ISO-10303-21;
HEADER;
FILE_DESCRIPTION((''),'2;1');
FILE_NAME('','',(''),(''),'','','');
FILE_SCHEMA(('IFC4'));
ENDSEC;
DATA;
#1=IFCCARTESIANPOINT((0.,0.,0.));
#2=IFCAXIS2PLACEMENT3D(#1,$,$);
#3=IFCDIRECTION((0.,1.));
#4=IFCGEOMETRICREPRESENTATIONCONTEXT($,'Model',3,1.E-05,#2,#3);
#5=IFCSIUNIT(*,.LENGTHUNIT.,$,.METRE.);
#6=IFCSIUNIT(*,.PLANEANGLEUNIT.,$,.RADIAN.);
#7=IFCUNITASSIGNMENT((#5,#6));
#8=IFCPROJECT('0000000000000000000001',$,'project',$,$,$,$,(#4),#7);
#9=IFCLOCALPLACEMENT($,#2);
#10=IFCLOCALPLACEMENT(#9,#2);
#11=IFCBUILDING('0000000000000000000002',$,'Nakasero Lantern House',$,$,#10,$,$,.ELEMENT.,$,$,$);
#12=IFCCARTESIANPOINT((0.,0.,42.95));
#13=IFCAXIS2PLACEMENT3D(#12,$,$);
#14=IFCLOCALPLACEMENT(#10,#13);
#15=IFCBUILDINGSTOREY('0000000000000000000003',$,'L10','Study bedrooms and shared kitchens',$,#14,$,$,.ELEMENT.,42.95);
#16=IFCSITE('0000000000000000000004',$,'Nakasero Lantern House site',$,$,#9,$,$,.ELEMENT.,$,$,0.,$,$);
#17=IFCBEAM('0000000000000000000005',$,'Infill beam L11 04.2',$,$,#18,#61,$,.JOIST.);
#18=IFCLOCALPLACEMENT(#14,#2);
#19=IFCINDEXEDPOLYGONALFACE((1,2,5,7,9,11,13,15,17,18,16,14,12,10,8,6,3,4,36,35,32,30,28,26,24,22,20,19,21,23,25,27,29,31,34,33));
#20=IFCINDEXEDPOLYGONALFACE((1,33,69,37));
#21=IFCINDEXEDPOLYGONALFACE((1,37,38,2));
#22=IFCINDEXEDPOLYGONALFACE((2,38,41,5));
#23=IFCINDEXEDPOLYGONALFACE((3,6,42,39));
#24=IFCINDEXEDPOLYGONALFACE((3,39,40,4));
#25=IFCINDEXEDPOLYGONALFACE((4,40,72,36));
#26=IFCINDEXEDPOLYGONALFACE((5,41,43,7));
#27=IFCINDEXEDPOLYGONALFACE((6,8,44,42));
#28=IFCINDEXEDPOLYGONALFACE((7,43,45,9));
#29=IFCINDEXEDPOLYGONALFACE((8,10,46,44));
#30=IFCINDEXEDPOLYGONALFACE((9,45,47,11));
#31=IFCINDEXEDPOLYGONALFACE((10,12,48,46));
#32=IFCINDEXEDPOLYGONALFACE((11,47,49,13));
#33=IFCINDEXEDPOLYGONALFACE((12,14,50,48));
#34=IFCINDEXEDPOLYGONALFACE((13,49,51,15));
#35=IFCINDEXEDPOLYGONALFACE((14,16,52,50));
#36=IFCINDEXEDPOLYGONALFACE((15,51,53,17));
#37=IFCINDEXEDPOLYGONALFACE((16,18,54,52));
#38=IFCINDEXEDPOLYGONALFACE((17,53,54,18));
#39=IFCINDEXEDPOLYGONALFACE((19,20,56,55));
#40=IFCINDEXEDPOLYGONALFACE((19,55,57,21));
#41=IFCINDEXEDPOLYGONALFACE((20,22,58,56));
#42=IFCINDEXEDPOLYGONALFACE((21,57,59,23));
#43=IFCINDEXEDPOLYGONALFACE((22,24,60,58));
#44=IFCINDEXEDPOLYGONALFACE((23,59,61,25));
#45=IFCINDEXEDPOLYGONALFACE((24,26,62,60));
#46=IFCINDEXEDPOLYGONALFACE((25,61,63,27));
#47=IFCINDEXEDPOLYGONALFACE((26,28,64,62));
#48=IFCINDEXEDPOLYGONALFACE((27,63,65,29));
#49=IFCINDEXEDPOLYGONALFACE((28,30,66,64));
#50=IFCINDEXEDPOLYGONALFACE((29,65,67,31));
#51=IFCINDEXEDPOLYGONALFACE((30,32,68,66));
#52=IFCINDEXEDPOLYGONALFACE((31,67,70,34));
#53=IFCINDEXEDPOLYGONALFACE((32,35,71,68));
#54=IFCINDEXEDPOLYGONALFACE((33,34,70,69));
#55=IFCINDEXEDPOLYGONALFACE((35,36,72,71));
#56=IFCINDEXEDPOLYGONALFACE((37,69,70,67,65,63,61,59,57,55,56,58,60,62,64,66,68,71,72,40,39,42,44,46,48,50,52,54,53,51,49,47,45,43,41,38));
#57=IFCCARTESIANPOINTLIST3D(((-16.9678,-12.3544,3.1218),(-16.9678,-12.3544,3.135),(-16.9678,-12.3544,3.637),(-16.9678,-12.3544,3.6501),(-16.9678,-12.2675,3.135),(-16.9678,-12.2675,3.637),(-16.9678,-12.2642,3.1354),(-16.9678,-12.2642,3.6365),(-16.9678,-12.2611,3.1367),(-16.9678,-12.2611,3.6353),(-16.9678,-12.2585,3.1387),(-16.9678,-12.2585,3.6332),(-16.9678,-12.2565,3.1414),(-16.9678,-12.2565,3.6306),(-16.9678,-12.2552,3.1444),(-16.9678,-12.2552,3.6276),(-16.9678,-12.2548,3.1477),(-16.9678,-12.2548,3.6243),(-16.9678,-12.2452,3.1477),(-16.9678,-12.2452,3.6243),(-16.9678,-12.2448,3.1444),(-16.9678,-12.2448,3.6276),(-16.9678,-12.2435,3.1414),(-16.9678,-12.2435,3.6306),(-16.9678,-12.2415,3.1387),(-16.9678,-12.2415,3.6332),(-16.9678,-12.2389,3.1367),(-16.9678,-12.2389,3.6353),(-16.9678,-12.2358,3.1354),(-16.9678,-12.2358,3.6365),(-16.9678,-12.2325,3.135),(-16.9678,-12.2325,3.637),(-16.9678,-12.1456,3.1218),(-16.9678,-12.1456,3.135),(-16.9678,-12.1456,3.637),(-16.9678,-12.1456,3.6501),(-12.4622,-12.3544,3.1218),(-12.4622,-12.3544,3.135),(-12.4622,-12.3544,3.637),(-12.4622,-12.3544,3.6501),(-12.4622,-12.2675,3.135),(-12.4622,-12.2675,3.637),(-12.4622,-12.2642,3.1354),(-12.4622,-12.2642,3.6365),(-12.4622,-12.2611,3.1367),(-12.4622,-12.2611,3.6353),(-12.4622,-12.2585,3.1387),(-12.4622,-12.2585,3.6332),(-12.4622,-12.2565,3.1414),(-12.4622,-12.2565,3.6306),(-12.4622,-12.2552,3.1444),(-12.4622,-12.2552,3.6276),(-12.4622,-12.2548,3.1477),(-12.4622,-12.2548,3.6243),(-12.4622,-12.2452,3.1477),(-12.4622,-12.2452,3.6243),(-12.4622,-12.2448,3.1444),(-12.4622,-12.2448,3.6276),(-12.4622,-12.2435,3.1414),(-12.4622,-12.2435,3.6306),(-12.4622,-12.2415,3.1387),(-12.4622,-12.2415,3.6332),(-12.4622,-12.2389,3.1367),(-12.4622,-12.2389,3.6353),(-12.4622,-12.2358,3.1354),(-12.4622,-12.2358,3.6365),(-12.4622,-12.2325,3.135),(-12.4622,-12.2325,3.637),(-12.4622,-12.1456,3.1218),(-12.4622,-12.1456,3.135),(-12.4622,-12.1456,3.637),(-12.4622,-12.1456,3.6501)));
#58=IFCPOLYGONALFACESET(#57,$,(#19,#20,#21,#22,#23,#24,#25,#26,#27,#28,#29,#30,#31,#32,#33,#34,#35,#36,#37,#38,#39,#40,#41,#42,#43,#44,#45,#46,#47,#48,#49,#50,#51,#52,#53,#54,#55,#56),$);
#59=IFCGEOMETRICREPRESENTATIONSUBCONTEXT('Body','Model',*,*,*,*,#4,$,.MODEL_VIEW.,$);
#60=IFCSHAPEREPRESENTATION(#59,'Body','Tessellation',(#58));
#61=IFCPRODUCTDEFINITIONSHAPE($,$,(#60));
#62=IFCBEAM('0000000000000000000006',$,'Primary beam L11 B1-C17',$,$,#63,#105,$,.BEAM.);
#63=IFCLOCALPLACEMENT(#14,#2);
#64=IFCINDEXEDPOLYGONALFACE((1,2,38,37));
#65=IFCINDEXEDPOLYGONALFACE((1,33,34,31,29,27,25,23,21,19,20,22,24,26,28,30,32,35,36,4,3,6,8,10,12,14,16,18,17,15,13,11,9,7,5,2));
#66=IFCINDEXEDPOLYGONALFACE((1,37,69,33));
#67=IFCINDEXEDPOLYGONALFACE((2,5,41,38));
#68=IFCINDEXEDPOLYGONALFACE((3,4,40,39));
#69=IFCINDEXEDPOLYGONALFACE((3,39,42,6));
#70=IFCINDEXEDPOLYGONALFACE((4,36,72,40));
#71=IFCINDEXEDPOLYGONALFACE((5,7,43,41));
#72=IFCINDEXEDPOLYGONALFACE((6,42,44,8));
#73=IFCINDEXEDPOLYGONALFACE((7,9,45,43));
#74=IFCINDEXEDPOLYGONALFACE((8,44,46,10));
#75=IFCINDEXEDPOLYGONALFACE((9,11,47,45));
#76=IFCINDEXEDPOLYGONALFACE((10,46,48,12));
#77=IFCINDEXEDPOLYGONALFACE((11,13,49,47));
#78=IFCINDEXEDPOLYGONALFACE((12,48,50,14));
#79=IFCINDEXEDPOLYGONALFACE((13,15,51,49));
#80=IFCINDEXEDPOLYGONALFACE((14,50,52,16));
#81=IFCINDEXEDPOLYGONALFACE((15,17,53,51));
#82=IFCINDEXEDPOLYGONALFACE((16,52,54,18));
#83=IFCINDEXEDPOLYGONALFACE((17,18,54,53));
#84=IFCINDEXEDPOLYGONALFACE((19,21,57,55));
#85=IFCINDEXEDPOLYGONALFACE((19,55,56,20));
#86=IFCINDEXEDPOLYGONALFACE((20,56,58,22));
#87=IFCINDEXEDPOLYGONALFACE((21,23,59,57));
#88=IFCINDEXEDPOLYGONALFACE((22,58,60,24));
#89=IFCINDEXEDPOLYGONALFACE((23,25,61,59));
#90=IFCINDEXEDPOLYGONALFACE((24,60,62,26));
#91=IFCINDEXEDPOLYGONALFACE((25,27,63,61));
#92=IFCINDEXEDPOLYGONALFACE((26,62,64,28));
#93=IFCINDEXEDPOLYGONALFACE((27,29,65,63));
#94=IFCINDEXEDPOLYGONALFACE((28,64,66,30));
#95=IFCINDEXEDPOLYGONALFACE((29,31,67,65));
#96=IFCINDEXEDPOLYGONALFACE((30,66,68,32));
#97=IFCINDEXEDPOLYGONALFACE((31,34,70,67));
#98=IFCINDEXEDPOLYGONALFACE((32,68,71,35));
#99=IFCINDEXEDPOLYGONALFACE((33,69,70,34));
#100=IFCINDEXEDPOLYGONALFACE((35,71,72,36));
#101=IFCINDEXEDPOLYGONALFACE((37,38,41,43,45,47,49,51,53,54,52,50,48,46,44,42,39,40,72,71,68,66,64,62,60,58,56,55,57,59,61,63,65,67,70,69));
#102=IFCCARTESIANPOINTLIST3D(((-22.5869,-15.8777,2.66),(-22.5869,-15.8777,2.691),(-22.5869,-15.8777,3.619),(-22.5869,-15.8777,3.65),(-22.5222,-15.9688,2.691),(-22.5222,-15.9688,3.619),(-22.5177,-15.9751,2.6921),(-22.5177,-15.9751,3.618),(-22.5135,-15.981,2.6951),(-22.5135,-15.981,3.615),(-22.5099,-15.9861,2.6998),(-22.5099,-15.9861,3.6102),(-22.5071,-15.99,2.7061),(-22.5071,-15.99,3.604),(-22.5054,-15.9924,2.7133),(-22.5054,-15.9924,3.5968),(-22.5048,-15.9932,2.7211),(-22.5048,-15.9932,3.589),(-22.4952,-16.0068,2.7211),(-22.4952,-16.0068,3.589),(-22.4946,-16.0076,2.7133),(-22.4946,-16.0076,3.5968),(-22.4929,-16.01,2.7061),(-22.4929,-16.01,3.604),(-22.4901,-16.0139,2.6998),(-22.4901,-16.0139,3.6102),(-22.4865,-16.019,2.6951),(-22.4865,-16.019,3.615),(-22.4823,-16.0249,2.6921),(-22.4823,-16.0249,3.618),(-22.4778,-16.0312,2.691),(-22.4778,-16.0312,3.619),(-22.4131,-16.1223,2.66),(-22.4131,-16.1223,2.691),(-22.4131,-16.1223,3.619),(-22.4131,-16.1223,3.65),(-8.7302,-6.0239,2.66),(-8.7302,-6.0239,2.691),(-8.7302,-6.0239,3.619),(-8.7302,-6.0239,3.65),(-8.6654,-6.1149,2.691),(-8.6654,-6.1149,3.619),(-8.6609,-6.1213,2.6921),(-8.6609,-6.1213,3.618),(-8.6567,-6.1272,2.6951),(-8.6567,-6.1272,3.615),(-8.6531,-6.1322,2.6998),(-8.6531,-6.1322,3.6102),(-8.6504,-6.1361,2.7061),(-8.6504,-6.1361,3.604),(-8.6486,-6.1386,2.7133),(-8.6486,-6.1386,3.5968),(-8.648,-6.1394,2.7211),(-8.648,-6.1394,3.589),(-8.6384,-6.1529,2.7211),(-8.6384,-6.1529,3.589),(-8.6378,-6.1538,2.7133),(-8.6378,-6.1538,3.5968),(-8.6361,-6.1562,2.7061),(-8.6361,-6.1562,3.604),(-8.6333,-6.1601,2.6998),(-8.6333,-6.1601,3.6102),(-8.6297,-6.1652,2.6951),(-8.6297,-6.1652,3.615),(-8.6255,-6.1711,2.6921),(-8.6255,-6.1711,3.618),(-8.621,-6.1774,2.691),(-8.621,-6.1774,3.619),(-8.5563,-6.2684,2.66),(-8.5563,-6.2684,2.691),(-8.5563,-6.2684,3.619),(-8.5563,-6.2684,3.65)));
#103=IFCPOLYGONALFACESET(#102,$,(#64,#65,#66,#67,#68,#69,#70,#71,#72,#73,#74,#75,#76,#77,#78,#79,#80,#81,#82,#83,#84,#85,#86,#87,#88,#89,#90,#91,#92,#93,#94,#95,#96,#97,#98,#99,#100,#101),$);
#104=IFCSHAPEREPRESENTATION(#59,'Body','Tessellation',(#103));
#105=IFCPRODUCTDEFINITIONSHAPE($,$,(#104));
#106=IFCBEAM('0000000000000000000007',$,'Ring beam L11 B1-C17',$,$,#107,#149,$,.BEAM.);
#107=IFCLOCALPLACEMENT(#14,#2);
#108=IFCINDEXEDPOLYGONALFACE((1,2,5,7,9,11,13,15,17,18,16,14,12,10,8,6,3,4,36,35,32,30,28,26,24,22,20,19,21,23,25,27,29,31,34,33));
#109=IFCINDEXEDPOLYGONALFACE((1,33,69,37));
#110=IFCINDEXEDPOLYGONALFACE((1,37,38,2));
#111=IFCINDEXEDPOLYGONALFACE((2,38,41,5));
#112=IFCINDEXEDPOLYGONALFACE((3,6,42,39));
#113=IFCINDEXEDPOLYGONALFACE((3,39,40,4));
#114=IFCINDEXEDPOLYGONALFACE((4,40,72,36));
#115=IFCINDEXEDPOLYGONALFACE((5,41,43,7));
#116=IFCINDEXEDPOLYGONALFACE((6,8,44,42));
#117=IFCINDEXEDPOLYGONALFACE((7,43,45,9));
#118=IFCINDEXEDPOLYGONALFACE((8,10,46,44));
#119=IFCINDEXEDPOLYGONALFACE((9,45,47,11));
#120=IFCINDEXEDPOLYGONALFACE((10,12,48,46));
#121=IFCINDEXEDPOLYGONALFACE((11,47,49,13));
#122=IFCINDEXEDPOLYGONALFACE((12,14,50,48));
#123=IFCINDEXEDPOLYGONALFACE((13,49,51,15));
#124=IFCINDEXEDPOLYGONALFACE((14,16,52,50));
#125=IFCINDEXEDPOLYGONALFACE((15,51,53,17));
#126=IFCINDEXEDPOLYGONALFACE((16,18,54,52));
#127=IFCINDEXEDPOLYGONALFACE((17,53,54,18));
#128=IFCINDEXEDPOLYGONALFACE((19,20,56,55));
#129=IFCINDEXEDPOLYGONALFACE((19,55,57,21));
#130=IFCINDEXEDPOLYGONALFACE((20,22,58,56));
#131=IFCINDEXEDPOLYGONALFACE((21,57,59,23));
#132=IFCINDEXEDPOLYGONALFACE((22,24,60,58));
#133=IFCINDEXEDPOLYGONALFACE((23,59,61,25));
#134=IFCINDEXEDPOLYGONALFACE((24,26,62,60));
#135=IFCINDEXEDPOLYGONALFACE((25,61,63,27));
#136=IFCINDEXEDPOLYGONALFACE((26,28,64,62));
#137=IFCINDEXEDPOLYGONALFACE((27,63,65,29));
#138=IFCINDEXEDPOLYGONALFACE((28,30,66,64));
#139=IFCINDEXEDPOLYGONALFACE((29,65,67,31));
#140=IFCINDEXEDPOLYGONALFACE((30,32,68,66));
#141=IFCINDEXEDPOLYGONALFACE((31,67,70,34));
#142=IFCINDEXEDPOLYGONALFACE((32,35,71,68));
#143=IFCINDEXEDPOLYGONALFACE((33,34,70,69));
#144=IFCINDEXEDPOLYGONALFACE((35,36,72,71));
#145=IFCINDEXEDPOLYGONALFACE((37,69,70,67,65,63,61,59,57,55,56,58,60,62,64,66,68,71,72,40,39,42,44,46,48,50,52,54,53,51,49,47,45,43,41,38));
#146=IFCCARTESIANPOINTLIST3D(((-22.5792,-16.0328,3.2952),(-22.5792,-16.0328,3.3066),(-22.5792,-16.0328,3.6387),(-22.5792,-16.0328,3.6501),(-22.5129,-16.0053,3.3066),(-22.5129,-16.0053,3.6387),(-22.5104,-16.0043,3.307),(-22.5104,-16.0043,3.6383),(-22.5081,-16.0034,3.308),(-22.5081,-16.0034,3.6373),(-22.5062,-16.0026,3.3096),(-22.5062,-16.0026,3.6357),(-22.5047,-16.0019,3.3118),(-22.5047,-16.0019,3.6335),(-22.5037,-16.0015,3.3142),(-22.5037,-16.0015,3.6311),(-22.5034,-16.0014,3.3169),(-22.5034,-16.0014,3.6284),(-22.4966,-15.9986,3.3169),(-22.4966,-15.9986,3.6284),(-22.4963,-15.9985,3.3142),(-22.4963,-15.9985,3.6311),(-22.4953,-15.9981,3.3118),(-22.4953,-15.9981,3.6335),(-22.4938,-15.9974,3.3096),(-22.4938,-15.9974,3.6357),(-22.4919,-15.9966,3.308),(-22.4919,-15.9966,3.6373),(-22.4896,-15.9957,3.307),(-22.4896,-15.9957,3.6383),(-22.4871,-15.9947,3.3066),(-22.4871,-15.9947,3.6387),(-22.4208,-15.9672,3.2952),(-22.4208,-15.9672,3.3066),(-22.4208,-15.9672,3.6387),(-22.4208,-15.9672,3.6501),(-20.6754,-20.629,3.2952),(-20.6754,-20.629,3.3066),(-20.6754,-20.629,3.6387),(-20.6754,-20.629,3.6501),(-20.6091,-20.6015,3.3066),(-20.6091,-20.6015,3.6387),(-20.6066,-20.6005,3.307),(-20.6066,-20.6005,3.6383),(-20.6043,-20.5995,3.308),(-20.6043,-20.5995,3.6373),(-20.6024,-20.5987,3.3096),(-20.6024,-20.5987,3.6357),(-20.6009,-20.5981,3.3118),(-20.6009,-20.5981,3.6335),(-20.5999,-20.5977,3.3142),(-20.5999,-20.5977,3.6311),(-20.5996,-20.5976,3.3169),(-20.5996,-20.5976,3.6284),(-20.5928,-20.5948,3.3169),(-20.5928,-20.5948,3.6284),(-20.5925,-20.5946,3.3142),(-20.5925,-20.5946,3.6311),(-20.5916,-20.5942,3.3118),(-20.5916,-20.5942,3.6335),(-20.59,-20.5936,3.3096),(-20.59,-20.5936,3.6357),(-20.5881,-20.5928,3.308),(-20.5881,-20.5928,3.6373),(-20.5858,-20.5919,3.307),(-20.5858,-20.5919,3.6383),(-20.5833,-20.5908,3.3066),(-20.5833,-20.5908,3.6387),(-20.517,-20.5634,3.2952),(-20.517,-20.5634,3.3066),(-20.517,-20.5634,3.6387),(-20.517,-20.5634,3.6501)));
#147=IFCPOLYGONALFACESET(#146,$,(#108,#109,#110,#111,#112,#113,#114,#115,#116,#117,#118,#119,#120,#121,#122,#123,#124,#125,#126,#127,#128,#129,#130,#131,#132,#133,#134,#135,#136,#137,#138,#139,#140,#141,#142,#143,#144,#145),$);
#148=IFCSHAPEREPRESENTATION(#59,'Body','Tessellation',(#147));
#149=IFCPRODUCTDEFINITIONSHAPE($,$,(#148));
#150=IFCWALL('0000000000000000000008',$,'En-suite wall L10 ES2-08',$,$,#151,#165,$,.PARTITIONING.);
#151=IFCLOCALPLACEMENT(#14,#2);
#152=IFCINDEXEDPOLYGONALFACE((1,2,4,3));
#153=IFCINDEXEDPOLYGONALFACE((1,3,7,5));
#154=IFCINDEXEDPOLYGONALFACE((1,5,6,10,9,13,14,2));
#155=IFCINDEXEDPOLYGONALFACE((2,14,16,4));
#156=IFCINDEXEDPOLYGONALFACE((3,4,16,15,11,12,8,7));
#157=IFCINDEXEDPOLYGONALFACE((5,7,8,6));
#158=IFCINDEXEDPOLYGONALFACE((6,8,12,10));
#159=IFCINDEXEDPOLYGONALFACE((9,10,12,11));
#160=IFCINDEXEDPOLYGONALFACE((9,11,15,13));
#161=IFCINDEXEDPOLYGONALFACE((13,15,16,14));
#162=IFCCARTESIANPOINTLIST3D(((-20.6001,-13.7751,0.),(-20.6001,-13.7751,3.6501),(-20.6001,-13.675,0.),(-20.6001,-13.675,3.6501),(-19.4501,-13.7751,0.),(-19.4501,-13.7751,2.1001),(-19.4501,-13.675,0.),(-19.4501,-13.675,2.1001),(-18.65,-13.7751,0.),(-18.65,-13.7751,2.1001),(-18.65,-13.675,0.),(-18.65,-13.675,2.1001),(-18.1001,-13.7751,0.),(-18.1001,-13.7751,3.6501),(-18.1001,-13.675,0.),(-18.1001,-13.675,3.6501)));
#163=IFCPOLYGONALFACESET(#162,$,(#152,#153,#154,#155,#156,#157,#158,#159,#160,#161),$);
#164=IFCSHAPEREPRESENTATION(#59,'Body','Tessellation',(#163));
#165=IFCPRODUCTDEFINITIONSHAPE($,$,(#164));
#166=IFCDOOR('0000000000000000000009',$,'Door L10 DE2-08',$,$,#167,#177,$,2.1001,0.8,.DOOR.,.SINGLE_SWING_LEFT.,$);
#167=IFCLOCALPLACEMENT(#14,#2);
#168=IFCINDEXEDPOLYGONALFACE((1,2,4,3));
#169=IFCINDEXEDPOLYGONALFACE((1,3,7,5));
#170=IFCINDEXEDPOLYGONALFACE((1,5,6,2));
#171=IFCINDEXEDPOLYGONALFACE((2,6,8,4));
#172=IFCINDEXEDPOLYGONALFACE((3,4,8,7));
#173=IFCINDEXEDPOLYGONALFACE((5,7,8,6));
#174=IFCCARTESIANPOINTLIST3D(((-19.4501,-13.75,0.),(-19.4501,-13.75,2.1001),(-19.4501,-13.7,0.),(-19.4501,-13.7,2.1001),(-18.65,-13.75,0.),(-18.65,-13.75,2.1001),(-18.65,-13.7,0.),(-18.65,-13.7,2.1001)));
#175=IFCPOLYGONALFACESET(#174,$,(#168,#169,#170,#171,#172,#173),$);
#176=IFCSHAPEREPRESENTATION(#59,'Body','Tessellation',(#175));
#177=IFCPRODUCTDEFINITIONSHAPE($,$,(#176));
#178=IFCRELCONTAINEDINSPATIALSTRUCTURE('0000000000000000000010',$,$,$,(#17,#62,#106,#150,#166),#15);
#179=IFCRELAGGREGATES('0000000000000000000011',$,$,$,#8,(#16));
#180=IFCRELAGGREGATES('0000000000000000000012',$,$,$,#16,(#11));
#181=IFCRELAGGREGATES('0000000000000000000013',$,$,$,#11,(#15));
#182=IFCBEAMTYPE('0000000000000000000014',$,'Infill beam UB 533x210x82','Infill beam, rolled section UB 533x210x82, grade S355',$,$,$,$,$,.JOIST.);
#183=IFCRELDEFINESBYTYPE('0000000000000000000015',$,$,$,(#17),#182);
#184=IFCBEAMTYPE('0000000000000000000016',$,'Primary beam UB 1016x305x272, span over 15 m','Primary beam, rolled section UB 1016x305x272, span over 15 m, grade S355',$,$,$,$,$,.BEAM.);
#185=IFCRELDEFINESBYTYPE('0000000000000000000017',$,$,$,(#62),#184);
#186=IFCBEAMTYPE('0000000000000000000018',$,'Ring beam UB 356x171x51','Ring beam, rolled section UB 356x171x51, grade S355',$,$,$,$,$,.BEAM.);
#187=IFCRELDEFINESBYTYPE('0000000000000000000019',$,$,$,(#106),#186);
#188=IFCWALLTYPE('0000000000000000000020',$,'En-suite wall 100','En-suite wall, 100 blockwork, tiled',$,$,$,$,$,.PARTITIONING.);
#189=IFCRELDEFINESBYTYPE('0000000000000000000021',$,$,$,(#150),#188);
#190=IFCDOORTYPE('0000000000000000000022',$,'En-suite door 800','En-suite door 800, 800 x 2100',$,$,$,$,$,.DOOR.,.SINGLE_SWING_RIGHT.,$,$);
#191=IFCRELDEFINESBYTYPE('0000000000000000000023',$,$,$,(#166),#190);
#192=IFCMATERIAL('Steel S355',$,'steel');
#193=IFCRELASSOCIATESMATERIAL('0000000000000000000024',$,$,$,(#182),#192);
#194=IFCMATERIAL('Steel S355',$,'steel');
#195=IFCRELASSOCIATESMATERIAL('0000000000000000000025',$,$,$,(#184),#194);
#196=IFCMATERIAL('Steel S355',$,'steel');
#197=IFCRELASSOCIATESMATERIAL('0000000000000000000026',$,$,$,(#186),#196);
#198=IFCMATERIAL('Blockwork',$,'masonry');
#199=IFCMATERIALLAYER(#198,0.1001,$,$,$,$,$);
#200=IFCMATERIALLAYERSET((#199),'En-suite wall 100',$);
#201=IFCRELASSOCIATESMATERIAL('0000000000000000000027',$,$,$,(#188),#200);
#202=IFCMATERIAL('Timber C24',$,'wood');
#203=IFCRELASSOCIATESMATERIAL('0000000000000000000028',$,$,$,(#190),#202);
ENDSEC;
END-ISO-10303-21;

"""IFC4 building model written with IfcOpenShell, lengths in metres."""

from ifc_helpers import new_model, si_unit, direction, frame, frame_2d, origin, origin_2d, place, context, subcontext, project, spatial, rectangle, i_section, extrude, material, layer, layer_set, material_profile, profile_set, type_object, element, fill, save


model = new_model("IFC4")

# Units and contexts
model_context = context("Model", 3, precision=1e-05, world=origin(), true_north=direction((0.0, 1.0)))
body_context = subcontext(model_context, "Body", "Model", "MODEL_VIEW")
ifc_project = project(units=[si_unit("LENGTHUNIT", "METRE"), si_unit("PLANEANGLEUNIT", "RADIAN")], contexts=[model_context])

# Site, building, storey
site_placement = place(None, origin())
site = spatial("IfcSite", under=ifc_project, at=site_placement, Name="Nakasero Lantern House site", CompositionType="ELEMENT", RefElevation=0.0)
building_placement = place(site_placement, origin())
building = spatial("IfcBuilding", under=site, at=building_placement, Name="Nakasero Lantern House", CompositionType="ELEMENT")
storey_placement = place(building_placement, frame((0.0, 0.0, 42.95)))
storey = spatial("IfcBuildingStorey", under=building, at=storey_placement, Name="L10", Description="Study bedrooms and shared kitchens", CompositionType="ELEMENT", Elevation=42.95)

# Beams
ifc_material_1 = material(Name="Steel S355", Category="steel")
ifc_material_profile_1 = material_profile(ifc_material_1, i_section(OverallWidth=0.2087, OverallDepth=0.5283, WebThickness=0.0095, FlangeThickness=0.0132, FilletRadius=0.0127, at=origin_2d()), Name="UB 533x210x82")
ifc_profile_set_1 = profile_set([ifc_material_profile_1], Name="Steel S355")
beam_type_1 = type_object("IfcBeamType", Name="Infill beam UB 533x210x82", Description="Infill beam, rolled section UB 533x210x82, grade S355", PredefinedType="JOIST", material=ifc_profile_set_1)
beam_1_placement = place(storey_placement, frame((-16.9678, -12.25, 3.386), z_axis=(1.0, 0.0, 0.0), x_axis=(0.0, 1.0, 0.0)))
element("IfcBeam", 1, at=beam_1_placement, inside=storey, type_object=beam_type_1, Name="Infill beam L11 04.2", PredefinedType="JOIST", context=body_context, shape_type="SweptSolid", body=[
    extrude(i_section(OverallWidth=0.2087, OverallDepth=0.5283, WebThickness=0.0095, FlangeThickness=0.0132, FilletRadius=0.0127, at=origin_2d()), origin(), (0.0, 0.0, 1.0), 4.5056),
])
ifc_material_2 = material(Name="Steel S355", Category="steel")
ifc_material_profile_2 = material_profile(ifc_material_2, i_section(OverallWidth=0.3, OverallDepth=0.99, WebThickness=0.0166, FlangeThickness=0.031, FilletRadius=0.03, at=origin_2d()), Name="UB 1016x305x272")
ifc_profile_set_2 = profile_set([ifc_material_profile_2], Name="Steel S355")
beam_type_2 = type_object("IfcBeamType", Name="Primary beam UB 1016x305x272, span over 15 m", Description="Primary beam, rolled section UB 1016x305x272, span over 15 m, grade S355", PredefinedType="BEAM", material=ifc_profile_set_2)
beam_2_placement = place(storey_placement, frame((-22.5, -16.0, 3.155), z_axis=(0.814952, 0.579528, 0.0), x_axis=(-0.579528, 0.814952, 0.0)))
element("IfcBeam", 2, at=beam_2_placement, inside=storey, type_object=beam_type_2, Name="Primary beam L11 B1-C17", PredefinedType="BEAM", context=body_context, shape_type="SweptSolid", body=[
    extrude(i_section(OverallWidth=0.3, OverallDepth=0.99, WebThickness=0.0166, FlangeThickness=0.031, FilletRadius=0.03, at=origin_2d()), origin(), (0.0, 0.0, 1.0), 17.0032),
])
ifc_material_3 = material(Name="Steel S355", Category="steel")
ifc_material_profile_3 = material_profile(ifc_material_3, i_section(OverallWidth=0.1714, OverallDepth=0.355, WebThickness=0.0073, FlangeThickness=0.0115, FilletRadius=0.0103, at=origin_2d()), Name="UB 356x171x51")
ifc_profile_set_3 = profile_set([ifc_material_profile_3], Name="Steel S355")
beam_type_3 = type_object("IfcBeamType", Name="Ring beam UB 356x171x51", Description="Ring beam, rolled section UB 356x171x51, grade S355", PredefinedType="BEAM", material=ifc_profile_set_3)
beam_3_placement = place(storey_placement, frame((-22.5, -16.0, 3.4727), z_axis=(0.382684, -0.923879, 0.0), x_axis=(0.923879, 0.382684, 0.0)))
element("IfcBeam", 3, at=beam_3_placement, inside=storey, type_object=beam_type_3, Name="Ring beam L11 B1-C17", PredefinedType="BEAM", context=body_context, shape_type="SweptSolid", body=[
    extrude(i_section(OverallWidth=0.1714, OverallDepth=0.355, WebThickness=0.0073, FlangeThickness=0.0115, FilletRadius=0.0103, at=origin_2d()), origin(), (0.0, 0.0, 1.0), 4.9749),
])

# Wall, opening, door
ifc_material_4 = material(Name="Blockwork", Category="masonry")
ifc_layer_1 = layer(ifc_material_4, 0.1001)
ifc_layer_set_1 = layer_set([ifc_layer_1], Name="En-suite wall 100")
wall_type_1 = type_object("IfcWallType", Name="En-suite wall 100", Description="En-suite wall, 100 blockwork, tiled", PredefinedType="PARTITIONING", material=ifc_layer_set_1)
wall_1_placement = place(storey_placement, frame((-18.1001, -13.7251, 0.0), z_axis=(0.0, 0.0, 1.0), x_axis=(-1.0, 0.0, 0.0)))
wall_1 = element("IfcWall", 4, at=wall_1_placement, inside=storey, type_object=wall_type_1, Name="En-suite wall L10 ES2-08", PredefinedType="PARTITIONING", context=body_context, shape_type="SweptSolid", body=[
    extrude(rectangle(XDim=2.5, YDim=0.1001, at=frame_2d((1.25, 0.0))), origin(), (0.0, 0.0, 1.0), 3.6501),
])
opening_1_placement = place(wall_1_placement, frame((0.55, 0.0, 0.0)))
opening_1 = element("IfcOpeningElement", 5, at=opening_1_placement, cuts=wall_1, PredefinedType="OPENING", context=body_context, shape_type="SweptSolid", body=[
    extrude(rectangle(XDim=0.8, YDim=2.1001, at=frame_2d((0.3999, 1.05))), frame((0.0, 0.0701, 0.0), z_axis=(0.0, -1.0, 0.0), x_axis=(1.0, 0.0, 0.0)), (0.0, 0.0, 1.0), 0.1401),
])
ifc_material_5 = material(Name="Timber C24", Category="wood")
door_type_1 = type_object("IfcDoorType", Name="En-suite door 800", Description="En-suite door 800, 800 x 2100", OperationType="SINGLE_SWING_RIGHT", PredefinedType="DOOR", material=ifc_material_5)
door_1_placement = place(opening_1_placement, origin())
door_1 = element("IfcDoor", 6, at=door_1_placement, inside=storey, type_object=door_type_1, Name="Door L10 DE2-08", OperationType="SINGLE_SWING_LEFT", OverallHeight=2.1001, OverallWidth=0.8, PredefinedType="DOOR", context=body_context, shape_type="SweptSolid", body=[
    extrude(rectangle(XDim=0.8, YDim=2.1001, at=frame_2d((0.3999, 1.05))), frame((0.0, 0.0249, 0.0), z_axis=(0.0, -1.0, 0.0), x_axis=(1.0, 0.0, 0.0)), (0.0, 0.0, 1.0), 0.05),
])
fill(opening_1, door_1)

save(model, "model.ifc")
